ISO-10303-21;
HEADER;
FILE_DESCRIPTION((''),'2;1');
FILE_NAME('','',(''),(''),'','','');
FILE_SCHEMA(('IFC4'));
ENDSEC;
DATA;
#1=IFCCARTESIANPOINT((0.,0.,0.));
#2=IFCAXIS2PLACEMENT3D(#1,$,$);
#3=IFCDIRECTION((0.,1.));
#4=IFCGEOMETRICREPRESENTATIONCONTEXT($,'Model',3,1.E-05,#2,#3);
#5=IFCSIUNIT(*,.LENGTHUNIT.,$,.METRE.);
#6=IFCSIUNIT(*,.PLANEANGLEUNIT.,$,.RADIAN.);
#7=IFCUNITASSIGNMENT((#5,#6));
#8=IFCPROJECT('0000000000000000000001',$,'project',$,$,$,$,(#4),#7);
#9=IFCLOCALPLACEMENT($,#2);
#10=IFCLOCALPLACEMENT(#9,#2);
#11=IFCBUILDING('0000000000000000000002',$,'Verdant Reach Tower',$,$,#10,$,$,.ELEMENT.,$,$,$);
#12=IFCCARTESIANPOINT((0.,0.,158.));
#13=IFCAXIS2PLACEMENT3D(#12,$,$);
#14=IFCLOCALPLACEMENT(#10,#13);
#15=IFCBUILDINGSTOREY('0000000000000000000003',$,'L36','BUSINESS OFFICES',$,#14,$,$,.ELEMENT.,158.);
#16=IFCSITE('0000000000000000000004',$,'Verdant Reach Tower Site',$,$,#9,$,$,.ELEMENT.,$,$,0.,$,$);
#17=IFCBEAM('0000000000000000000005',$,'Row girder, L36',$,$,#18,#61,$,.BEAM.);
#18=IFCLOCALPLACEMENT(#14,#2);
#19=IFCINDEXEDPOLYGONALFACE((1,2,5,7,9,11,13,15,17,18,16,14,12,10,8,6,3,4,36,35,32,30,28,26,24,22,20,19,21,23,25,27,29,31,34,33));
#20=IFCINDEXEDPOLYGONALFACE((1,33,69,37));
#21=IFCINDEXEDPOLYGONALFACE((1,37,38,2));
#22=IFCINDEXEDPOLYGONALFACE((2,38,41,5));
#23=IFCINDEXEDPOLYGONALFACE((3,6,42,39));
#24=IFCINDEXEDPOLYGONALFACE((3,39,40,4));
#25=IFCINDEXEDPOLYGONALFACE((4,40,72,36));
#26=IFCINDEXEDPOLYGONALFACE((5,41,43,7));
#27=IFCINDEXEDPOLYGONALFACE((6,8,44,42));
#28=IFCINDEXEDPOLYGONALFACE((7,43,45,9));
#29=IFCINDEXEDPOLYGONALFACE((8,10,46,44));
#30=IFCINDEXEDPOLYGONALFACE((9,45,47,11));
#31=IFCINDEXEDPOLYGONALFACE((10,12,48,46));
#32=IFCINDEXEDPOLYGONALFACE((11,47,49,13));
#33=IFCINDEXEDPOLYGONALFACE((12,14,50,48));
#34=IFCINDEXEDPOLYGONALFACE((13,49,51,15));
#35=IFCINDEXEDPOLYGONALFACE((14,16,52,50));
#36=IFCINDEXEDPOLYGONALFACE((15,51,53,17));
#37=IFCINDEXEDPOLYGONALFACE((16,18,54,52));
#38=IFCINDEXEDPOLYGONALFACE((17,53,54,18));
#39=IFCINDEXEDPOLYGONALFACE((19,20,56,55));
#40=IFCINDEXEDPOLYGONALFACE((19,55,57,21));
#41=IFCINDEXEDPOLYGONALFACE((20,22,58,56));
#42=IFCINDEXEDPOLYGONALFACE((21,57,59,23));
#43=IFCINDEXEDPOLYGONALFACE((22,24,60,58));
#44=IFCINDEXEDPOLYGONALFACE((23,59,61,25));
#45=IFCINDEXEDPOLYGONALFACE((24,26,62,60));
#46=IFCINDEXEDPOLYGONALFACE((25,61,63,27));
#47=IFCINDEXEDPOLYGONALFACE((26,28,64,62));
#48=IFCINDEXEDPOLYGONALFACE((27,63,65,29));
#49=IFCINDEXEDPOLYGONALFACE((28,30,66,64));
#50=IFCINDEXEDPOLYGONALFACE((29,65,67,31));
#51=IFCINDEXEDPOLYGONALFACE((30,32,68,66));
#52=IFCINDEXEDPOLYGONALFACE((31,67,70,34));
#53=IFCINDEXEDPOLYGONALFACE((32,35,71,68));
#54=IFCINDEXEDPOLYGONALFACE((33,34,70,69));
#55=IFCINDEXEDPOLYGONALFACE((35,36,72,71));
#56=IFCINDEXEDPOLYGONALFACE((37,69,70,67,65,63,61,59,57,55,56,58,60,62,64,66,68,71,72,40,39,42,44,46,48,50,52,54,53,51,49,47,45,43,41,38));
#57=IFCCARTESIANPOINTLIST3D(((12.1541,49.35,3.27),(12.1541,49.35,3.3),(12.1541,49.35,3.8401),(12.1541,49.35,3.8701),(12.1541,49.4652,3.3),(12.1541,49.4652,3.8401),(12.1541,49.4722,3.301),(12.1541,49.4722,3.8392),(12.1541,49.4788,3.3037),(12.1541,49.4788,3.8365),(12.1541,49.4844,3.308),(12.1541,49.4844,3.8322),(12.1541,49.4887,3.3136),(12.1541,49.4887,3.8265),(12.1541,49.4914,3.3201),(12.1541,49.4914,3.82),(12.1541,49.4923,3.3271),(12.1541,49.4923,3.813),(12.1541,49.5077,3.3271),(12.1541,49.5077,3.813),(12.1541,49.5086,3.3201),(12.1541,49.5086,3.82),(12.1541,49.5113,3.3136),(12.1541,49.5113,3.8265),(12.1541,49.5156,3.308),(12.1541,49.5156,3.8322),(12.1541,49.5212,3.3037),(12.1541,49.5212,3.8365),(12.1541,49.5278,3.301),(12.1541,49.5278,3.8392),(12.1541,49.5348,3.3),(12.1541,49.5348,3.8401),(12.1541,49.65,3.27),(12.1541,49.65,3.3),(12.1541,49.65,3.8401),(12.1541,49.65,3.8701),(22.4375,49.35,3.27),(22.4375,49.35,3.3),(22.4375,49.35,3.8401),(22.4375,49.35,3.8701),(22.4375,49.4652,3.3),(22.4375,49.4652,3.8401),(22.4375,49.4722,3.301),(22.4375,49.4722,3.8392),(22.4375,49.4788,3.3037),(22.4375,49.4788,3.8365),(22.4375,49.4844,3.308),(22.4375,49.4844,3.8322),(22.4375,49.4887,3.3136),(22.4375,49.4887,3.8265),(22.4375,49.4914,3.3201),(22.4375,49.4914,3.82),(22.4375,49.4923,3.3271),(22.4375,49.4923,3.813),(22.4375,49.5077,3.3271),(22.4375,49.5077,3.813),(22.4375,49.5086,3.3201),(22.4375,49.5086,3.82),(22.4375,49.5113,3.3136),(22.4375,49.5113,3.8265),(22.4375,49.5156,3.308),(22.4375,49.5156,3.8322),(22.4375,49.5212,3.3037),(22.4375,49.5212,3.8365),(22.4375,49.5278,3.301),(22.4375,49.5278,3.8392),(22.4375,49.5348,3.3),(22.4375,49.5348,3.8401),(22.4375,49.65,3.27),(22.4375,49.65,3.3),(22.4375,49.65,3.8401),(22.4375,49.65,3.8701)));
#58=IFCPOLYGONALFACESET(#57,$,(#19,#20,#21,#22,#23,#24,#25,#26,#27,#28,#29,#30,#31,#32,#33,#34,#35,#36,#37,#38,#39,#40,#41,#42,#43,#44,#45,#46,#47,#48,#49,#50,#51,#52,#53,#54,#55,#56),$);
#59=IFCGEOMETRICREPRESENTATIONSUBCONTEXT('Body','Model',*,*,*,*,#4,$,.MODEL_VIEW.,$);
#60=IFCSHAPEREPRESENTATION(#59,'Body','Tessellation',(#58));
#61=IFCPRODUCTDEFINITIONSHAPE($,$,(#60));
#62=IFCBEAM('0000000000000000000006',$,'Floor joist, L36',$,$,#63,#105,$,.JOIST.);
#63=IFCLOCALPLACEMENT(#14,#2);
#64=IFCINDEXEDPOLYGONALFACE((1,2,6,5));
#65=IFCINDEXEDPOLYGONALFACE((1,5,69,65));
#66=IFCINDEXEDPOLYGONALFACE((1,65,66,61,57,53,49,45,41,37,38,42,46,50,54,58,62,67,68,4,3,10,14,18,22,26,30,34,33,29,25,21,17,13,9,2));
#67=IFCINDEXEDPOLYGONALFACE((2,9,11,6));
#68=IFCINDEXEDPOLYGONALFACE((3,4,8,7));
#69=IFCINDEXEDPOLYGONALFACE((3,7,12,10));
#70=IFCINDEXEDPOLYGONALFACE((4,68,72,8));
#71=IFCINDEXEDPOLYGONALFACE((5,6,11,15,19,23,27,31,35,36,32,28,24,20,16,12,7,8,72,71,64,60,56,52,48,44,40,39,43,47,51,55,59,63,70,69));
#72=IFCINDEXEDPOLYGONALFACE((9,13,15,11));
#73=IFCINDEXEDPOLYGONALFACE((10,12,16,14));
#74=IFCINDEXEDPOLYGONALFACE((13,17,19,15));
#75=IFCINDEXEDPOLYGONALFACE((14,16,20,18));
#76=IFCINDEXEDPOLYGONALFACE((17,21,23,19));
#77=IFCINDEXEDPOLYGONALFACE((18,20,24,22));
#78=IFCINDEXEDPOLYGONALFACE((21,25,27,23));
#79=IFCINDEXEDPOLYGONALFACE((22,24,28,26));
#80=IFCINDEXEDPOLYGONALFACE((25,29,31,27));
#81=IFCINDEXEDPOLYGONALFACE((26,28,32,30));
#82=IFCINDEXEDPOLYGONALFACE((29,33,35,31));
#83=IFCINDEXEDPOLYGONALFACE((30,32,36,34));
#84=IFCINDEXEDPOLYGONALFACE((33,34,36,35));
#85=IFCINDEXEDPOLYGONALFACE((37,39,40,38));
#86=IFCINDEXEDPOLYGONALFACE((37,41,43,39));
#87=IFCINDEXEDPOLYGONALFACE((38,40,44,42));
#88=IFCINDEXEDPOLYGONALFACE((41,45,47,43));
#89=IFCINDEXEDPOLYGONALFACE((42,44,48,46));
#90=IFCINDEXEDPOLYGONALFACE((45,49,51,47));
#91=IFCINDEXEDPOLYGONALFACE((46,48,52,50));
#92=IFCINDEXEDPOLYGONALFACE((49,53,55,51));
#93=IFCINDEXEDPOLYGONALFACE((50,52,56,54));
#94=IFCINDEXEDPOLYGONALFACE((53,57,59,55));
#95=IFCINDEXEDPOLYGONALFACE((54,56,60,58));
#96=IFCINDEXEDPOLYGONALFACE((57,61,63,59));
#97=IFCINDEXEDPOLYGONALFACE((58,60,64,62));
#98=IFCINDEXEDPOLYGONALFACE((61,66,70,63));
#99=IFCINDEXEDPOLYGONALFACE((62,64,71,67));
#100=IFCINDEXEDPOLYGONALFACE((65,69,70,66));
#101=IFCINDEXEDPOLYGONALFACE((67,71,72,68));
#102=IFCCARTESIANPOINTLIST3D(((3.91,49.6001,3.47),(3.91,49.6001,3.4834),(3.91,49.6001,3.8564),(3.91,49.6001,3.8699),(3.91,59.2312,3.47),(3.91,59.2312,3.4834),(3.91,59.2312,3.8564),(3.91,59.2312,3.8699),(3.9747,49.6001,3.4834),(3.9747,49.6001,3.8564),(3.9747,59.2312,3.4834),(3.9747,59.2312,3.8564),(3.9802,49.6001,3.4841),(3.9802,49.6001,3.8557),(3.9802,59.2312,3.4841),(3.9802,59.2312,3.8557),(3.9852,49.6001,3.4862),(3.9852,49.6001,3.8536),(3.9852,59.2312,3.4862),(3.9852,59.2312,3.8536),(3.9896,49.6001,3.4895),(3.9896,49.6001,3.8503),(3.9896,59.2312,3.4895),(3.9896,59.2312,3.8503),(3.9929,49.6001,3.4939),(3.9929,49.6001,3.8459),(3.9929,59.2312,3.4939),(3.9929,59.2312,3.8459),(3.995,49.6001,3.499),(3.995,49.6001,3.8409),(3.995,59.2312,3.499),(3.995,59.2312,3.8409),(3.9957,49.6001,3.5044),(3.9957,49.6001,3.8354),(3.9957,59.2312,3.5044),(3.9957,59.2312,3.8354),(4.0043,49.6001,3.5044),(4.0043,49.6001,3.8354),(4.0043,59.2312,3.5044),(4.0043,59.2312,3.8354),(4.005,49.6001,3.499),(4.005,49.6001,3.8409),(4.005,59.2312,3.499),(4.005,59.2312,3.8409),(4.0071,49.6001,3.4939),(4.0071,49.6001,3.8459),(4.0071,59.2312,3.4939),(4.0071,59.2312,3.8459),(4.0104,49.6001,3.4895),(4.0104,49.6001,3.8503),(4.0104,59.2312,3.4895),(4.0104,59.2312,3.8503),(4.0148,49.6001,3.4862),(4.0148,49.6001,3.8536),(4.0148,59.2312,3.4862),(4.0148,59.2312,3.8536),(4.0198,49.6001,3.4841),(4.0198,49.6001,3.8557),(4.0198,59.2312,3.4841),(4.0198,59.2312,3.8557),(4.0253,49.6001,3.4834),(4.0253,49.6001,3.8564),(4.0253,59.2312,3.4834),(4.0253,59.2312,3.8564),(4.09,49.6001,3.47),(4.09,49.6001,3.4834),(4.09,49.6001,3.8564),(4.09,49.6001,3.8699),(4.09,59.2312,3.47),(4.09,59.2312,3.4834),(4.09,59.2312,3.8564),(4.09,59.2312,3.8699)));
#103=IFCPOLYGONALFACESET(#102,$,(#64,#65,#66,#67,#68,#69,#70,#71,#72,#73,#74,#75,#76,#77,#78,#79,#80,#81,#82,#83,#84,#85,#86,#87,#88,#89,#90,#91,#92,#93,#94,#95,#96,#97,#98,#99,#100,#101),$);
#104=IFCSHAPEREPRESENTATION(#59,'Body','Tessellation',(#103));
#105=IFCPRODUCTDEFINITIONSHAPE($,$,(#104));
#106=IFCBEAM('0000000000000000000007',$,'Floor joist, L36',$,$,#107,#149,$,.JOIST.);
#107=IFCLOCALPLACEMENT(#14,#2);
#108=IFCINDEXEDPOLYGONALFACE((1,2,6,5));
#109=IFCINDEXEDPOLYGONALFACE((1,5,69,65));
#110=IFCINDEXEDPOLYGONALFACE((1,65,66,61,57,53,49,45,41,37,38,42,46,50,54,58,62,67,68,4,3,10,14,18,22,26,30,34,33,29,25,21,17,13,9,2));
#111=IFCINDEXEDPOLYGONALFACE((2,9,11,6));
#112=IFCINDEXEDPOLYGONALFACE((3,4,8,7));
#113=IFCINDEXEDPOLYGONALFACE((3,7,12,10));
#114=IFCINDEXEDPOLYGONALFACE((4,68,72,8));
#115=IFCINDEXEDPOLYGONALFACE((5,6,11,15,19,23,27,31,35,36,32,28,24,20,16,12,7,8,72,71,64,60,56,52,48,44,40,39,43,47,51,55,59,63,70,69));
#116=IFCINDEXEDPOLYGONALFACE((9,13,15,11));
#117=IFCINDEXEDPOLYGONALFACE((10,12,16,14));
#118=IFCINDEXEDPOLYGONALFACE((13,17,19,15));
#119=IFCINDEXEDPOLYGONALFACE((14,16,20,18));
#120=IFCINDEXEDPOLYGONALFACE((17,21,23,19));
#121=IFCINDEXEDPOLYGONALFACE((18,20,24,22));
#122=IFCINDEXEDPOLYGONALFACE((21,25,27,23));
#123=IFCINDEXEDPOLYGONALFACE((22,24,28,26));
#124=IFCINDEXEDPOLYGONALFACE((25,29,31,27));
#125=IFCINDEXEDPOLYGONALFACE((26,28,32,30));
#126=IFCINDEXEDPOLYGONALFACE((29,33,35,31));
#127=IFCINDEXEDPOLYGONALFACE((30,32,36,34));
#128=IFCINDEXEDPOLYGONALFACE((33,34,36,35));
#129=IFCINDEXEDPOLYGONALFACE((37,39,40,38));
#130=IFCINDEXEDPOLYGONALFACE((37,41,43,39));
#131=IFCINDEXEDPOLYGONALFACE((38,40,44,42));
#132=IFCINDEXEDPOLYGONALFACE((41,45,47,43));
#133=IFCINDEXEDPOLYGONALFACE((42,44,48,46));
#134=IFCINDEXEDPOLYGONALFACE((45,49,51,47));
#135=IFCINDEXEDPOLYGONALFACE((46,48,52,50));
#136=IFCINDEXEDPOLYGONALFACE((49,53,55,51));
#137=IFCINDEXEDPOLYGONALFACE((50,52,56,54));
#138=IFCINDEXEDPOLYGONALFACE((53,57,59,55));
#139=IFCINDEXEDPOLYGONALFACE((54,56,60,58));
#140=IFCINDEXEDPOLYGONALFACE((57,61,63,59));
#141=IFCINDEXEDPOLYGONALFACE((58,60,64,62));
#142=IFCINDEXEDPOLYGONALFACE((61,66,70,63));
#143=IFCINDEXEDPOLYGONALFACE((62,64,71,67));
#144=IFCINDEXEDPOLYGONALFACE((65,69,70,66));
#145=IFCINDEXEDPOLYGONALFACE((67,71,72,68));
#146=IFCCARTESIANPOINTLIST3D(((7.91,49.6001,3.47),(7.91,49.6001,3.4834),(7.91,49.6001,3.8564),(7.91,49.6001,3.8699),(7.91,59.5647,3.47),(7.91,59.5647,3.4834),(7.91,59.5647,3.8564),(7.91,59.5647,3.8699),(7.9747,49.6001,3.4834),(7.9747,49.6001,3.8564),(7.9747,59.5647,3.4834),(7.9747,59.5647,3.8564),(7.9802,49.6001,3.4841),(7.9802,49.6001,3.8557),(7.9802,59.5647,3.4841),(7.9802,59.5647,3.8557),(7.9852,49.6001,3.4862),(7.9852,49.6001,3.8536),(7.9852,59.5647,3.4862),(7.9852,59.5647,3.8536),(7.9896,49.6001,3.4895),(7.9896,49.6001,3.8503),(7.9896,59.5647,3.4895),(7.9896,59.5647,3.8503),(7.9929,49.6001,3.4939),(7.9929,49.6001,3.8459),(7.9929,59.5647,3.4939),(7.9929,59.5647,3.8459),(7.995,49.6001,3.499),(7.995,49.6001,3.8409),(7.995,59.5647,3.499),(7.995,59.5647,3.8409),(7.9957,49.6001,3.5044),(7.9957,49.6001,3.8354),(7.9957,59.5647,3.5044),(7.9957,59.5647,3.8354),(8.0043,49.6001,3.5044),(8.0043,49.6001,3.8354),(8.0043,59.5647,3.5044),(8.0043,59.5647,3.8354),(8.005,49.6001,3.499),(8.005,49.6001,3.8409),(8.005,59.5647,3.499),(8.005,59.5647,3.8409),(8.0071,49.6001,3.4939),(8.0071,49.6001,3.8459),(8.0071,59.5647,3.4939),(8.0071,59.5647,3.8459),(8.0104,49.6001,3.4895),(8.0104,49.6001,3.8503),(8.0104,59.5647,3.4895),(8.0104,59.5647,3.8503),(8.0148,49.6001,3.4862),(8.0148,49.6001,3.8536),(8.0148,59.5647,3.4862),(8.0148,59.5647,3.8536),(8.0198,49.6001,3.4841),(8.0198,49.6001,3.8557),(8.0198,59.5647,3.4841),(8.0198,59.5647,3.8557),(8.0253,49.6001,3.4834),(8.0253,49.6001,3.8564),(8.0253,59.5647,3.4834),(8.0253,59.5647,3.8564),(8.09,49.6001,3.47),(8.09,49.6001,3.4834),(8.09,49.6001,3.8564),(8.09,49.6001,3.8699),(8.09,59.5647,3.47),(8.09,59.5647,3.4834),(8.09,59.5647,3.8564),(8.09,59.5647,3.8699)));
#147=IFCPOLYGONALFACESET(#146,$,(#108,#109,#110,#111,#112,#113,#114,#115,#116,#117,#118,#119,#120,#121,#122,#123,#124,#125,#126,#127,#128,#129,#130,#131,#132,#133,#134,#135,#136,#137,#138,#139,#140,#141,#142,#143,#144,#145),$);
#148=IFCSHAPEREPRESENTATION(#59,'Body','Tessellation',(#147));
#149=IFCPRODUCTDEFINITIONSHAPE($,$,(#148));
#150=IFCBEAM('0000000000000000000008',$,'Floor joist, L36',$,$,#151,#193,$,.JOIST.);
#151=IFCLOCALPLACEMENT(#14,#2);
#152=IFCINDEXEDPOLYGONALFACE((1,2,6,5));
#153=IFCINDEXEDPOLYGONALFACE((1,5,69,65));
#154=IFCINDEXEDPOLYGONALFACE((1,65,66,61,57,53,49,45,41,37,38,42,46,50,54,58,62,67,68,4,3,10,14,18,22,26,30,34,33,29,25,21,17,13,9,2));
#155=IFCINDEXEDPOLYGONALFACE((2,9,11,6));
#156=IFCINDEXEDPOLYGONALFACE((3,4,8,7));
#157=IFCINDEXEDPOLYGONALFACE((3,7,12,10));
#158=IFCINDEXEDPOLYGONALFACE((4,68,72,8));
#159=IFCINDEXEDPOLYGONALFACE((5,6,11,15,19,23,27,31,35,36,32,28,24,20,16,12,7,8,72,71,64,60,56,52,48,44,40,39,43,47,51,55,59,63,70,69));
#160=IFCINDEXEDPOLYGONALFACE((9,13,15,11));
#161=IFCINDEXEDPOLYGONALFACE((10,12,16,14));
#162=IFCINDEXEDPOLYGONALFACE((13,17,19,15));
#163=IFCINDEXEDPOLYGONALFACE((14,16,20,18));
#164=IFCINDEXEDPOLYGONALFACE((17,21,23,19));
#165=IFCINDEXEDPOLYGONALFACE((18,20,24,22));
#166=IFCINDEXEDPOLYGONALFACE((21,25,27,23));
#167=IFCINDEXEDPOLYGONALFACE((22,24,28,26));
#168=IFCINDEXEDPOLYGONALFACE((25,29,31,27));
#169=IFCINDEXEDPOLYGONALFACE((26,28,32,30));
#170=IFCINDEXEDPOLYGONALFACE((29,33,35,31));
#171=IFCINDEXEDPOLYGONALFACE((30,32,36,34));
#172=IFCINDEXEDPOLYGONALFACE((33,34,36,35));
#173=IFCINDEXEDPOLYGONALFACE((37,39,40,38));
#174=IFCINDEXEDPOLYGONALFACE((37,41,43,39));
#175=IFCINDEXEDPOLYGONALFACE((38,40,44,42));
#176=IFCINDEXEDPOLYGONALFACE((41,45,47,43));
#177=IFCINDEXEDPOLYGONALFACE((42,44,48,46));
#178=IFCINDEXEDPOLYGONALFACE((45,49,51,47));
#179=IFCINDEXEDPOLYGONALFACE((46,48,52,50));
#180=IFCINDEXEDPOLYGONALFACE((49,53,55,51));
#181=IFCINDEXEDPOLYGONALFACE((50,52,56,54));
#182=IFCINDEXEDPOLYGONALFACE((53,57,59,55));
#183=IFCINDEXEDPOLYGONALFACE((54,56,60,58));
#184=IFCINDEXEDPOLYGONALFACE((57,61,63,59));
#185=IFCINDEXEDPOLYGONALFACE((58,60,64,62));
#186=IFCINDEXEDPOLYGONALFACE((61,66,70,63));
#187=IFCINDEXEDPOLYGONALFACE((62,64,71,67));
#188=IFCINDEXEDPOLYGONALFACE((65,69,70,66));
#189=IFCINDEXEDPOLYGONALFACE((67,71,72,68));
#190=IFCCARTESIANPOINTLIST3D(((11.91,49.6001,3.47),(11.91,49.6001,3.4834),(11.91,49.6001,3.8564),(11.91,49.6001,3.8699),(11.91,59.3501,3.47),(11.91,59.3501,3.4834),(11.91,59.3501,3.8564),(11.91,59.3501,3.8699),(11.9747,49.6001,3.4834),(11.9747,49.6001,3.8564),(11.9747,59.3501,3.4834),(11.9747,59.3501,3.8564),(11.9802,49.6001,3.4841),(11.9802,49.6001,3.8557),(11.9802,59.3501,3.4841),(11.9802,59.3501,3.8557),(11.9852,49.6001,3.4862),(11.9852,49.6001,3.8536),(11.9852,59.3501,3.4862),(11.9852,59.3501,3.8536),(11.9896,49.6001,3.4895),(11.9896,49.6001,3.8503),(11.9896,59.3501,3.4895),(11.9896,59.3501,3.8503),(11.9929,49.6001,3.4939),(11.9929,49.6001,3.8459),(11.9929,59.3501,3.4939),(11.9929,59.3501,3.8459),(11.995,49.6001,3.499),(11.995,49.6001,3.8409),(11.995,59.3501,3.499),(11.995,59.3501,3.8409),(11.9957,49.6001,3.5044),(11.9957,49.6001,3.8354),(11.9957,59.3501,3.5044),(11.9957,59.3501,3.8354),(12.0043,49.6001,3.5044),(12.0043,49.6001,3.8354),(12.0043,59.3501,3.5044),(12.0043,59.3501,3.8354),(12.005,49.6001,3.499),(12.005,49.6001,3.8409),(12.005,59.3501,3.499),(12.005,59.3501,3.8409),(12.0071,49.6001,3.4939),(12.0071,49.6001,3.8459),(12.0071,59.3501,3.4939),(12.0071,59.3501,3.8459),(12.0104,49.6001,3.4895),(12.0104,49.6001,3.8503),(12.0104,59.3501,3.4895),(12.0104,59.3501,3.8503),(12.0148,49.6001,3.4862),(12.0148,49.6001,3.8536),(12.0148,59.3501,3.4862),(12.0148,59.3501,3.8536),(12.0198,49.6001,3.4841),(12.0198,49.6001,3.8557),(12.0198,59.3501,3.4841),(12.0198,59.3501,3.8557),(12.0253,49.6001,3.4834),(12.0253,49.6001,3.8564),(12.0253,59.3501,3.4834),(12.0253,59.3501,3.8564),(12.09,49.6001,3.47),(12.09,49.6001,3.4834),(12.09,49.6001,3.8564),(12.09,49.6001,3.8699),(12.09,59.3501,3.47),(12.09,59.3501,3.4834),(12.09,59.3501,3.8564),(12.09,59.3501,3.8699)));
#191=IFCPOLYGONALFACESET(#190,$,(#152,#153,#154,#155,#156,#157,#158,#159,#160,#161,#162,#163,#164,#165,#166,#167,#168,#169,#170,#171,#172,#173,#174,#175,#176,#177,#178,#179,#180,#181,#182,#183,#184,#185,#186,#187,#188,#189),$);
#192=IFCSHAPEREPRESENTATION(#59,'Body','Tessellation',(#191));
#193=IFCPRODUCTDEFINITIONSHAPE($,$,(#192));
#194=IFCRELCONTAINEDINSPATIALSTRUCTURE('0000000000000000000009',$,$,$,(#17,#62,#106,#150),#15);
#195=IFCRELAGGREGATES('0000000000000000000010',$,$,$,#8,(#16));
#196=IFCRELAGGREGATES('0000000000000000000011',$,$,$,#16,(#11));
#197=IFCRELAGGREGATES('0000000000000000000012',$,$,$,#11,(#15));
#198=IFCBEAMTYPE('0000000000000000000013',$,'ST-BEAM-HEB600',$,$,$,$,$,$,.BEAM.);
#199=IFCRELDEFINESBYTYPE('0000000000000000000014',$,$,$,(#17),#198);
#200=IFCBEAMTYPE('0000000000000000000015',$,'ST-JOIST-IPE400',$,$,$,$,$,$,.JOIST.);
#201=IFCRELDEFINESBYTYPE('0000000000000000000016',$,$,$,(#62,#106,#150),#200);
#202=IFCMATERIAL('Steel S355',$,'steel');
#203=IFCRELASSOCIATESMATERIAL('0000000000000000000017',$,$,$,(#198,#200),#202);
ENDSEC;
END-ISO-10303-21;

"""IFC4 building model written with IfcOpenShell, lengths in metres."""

from ifc_helpers import new_model, si_unit, direction, frame, origin, origin_2d, place, context, subcontext, project, spatial, i_section, extrude, material, material_profile, profile_set, type_object, element, save


model = new_model("IFC4")

# Units and contexts
model_context = context("Model", 3, precision=1e-05, world=origin(), true_north=direction((0.0, 1.0)))
body_context = subcontext(model_context, "Body", "Model", "MODEL_VIEW")
ifc_project = project(units=[si_unit("LENGTHUNIT", "METRE"), si_unit("PLANEANGLEUNIT", "RADIAN")], contexts=[model_context])

# Site, building, storey
site_placement = place(None, origin())
site = spatial("IfcSite", under=ifc_project, at=site_placement, Name="Verdant Reach Tower Site", CompositionType="ELEMENT", RefElevation=0.0)
building_placement = place(site_placement, origin())
building = spatial("IfcBuilding", under=site, at=building_placement, Name="Verdant Reach Tower", CompositionType="ELEMENT")
storey_placement = place(building_placement, frame((0.0, 0.0, 158.0)))
storey = spatial("IfcBuildingStorey", under=building, at=storey_placement, Name="L36", Description="BUSINESS OFFICES", CompositionType="ELEMENT", Elevation=158.0)

# Beams
ifc_material_1 = material(Name="Steel S355", Category="steel")
ifc_material_profile_1 = material_profile(ifc_material_1, i_section(OverallWidth=0.3, OverallDepth=0.6001, WebThickness=0.0154, FlangeThickness=0.03, FilletRadius=0.0271, at=origin_2d()), Name="HEB 600")
ifc_profile_set_1 = profile_set([ifc_material_profile_1], Name="Steel S355")
beam_type_1 = type_object("IfcBeamType", Name="ST-BEAM-HEB600", PredefinedType="BEAM", material=ifc_profile_set_1)
beam_1_placement = place(storey_placement, frame((12.1541, 49.5, 3.5701), z_axis=(1.0, 0.0, 0.0), x_axis=(0.0, 1.0, 0.0)))
element("IfcBeam", 1, at=beam_1_placement, inside=storey, type_object=beam_type_1, Name="Row girder, L36", PredefinedType="BEAM", context=body_context, shape_type="SweptSolid", body=[
    extrude(i_section(OverallWidth=0.3, OverallDepth=0.6001, WebThickness=0.0154, FlangeThickness=0.03, FilletRadius=0.0271, at=origin_2d()), origin(), (0.0, 0.0, 1.0), 10.2834),
])
ifc_material_profile_2 = material_profile(ifc_material_1, i_section(OverallWidth=0.1799, OverallDepth=0.3999, WebThickness=0.0085, FlangeThickness=0.0134, FilletRadius=0.021, at=origin_2d()), Name="IPE 400")
ifc_profile_set_2 = profile_set([ifc_material_profile_2], Name="Steel S355")
beam_type_2 = type_object("IfcBeamType", Name="ST-JOIST-IPE400", PredefinedType="JOIST", material=ifc_profile_set_2)
beam_2_placement = place(storey_placement, frame((4.0, 49.6001, 3.6699), z_axis=(0.0, 1.0, 0.0), x_axis=(-1.0, 0.0, 0.0)))
element("IfcBeam", 2, at=beam_2_placement, inside=storey, type_object=beam_type_2, Name="Floor joist, L36", PredefinedType="JOIST", context=body_context, shape_type="SweptSolid", body=[
    extrude(i_section(OverallWidth=0.1799, OverallDepth=0.3999, WebThickness=0.0085, FlangeThickness=0.0134, FilletRadius=0.021, at=origin_2d()), origin(), (0.0, 0.0, 1.0), 9.6311),
])
beam_3_placement = place(storey_placement, frame((8.0, 49.6001, 3.6699), z_axis=(0.0, 1.0, 0.0), x_axis=(-1.0, 0.0, 0.0)))
element("IfcBeam", 3, at=beam_3_placement, inside=storey, type_object=beam_type_2, Name="Floor joist, L36", PredefinedType="JOIST", context=body_context, shape_type="SweptSolid", body=[
    extrude(i_section(OverallWidth=0.1799, OverallDepth=0.3999, WebThickness=0.0085, FlangeThickness=0.0134, FilletRadius=0.021, at=origin_2d()), origin(), (0.0, 0.0, 1.0), 9.9646),
])
beam_4_placement = place(storey_placement, frame((12.0, 49.6001, 3.6699), z_axis=(0.0, 1.0, 0.0), x_axis=(-1.0, 0.0, 0.0)))
element("IfcBeam", 4, at=beam_4_placement, inside=storey, type_object=beam_type_2, Name="Floor joist, L36", PredefinedType="JOIST", context=body_context, shape_type="SweptSolid", body=[
    extrude(i_section(OverallWidth=0.1799, OverallDepth=0.3999, WebThickness=0.0085, FlangeThickness=0.0134, FilletRadius=0.021, at=origin_2d()), origin(), (0.0, 0.0, 1.0), 9.75),
])

save(model, "model.ifc")
